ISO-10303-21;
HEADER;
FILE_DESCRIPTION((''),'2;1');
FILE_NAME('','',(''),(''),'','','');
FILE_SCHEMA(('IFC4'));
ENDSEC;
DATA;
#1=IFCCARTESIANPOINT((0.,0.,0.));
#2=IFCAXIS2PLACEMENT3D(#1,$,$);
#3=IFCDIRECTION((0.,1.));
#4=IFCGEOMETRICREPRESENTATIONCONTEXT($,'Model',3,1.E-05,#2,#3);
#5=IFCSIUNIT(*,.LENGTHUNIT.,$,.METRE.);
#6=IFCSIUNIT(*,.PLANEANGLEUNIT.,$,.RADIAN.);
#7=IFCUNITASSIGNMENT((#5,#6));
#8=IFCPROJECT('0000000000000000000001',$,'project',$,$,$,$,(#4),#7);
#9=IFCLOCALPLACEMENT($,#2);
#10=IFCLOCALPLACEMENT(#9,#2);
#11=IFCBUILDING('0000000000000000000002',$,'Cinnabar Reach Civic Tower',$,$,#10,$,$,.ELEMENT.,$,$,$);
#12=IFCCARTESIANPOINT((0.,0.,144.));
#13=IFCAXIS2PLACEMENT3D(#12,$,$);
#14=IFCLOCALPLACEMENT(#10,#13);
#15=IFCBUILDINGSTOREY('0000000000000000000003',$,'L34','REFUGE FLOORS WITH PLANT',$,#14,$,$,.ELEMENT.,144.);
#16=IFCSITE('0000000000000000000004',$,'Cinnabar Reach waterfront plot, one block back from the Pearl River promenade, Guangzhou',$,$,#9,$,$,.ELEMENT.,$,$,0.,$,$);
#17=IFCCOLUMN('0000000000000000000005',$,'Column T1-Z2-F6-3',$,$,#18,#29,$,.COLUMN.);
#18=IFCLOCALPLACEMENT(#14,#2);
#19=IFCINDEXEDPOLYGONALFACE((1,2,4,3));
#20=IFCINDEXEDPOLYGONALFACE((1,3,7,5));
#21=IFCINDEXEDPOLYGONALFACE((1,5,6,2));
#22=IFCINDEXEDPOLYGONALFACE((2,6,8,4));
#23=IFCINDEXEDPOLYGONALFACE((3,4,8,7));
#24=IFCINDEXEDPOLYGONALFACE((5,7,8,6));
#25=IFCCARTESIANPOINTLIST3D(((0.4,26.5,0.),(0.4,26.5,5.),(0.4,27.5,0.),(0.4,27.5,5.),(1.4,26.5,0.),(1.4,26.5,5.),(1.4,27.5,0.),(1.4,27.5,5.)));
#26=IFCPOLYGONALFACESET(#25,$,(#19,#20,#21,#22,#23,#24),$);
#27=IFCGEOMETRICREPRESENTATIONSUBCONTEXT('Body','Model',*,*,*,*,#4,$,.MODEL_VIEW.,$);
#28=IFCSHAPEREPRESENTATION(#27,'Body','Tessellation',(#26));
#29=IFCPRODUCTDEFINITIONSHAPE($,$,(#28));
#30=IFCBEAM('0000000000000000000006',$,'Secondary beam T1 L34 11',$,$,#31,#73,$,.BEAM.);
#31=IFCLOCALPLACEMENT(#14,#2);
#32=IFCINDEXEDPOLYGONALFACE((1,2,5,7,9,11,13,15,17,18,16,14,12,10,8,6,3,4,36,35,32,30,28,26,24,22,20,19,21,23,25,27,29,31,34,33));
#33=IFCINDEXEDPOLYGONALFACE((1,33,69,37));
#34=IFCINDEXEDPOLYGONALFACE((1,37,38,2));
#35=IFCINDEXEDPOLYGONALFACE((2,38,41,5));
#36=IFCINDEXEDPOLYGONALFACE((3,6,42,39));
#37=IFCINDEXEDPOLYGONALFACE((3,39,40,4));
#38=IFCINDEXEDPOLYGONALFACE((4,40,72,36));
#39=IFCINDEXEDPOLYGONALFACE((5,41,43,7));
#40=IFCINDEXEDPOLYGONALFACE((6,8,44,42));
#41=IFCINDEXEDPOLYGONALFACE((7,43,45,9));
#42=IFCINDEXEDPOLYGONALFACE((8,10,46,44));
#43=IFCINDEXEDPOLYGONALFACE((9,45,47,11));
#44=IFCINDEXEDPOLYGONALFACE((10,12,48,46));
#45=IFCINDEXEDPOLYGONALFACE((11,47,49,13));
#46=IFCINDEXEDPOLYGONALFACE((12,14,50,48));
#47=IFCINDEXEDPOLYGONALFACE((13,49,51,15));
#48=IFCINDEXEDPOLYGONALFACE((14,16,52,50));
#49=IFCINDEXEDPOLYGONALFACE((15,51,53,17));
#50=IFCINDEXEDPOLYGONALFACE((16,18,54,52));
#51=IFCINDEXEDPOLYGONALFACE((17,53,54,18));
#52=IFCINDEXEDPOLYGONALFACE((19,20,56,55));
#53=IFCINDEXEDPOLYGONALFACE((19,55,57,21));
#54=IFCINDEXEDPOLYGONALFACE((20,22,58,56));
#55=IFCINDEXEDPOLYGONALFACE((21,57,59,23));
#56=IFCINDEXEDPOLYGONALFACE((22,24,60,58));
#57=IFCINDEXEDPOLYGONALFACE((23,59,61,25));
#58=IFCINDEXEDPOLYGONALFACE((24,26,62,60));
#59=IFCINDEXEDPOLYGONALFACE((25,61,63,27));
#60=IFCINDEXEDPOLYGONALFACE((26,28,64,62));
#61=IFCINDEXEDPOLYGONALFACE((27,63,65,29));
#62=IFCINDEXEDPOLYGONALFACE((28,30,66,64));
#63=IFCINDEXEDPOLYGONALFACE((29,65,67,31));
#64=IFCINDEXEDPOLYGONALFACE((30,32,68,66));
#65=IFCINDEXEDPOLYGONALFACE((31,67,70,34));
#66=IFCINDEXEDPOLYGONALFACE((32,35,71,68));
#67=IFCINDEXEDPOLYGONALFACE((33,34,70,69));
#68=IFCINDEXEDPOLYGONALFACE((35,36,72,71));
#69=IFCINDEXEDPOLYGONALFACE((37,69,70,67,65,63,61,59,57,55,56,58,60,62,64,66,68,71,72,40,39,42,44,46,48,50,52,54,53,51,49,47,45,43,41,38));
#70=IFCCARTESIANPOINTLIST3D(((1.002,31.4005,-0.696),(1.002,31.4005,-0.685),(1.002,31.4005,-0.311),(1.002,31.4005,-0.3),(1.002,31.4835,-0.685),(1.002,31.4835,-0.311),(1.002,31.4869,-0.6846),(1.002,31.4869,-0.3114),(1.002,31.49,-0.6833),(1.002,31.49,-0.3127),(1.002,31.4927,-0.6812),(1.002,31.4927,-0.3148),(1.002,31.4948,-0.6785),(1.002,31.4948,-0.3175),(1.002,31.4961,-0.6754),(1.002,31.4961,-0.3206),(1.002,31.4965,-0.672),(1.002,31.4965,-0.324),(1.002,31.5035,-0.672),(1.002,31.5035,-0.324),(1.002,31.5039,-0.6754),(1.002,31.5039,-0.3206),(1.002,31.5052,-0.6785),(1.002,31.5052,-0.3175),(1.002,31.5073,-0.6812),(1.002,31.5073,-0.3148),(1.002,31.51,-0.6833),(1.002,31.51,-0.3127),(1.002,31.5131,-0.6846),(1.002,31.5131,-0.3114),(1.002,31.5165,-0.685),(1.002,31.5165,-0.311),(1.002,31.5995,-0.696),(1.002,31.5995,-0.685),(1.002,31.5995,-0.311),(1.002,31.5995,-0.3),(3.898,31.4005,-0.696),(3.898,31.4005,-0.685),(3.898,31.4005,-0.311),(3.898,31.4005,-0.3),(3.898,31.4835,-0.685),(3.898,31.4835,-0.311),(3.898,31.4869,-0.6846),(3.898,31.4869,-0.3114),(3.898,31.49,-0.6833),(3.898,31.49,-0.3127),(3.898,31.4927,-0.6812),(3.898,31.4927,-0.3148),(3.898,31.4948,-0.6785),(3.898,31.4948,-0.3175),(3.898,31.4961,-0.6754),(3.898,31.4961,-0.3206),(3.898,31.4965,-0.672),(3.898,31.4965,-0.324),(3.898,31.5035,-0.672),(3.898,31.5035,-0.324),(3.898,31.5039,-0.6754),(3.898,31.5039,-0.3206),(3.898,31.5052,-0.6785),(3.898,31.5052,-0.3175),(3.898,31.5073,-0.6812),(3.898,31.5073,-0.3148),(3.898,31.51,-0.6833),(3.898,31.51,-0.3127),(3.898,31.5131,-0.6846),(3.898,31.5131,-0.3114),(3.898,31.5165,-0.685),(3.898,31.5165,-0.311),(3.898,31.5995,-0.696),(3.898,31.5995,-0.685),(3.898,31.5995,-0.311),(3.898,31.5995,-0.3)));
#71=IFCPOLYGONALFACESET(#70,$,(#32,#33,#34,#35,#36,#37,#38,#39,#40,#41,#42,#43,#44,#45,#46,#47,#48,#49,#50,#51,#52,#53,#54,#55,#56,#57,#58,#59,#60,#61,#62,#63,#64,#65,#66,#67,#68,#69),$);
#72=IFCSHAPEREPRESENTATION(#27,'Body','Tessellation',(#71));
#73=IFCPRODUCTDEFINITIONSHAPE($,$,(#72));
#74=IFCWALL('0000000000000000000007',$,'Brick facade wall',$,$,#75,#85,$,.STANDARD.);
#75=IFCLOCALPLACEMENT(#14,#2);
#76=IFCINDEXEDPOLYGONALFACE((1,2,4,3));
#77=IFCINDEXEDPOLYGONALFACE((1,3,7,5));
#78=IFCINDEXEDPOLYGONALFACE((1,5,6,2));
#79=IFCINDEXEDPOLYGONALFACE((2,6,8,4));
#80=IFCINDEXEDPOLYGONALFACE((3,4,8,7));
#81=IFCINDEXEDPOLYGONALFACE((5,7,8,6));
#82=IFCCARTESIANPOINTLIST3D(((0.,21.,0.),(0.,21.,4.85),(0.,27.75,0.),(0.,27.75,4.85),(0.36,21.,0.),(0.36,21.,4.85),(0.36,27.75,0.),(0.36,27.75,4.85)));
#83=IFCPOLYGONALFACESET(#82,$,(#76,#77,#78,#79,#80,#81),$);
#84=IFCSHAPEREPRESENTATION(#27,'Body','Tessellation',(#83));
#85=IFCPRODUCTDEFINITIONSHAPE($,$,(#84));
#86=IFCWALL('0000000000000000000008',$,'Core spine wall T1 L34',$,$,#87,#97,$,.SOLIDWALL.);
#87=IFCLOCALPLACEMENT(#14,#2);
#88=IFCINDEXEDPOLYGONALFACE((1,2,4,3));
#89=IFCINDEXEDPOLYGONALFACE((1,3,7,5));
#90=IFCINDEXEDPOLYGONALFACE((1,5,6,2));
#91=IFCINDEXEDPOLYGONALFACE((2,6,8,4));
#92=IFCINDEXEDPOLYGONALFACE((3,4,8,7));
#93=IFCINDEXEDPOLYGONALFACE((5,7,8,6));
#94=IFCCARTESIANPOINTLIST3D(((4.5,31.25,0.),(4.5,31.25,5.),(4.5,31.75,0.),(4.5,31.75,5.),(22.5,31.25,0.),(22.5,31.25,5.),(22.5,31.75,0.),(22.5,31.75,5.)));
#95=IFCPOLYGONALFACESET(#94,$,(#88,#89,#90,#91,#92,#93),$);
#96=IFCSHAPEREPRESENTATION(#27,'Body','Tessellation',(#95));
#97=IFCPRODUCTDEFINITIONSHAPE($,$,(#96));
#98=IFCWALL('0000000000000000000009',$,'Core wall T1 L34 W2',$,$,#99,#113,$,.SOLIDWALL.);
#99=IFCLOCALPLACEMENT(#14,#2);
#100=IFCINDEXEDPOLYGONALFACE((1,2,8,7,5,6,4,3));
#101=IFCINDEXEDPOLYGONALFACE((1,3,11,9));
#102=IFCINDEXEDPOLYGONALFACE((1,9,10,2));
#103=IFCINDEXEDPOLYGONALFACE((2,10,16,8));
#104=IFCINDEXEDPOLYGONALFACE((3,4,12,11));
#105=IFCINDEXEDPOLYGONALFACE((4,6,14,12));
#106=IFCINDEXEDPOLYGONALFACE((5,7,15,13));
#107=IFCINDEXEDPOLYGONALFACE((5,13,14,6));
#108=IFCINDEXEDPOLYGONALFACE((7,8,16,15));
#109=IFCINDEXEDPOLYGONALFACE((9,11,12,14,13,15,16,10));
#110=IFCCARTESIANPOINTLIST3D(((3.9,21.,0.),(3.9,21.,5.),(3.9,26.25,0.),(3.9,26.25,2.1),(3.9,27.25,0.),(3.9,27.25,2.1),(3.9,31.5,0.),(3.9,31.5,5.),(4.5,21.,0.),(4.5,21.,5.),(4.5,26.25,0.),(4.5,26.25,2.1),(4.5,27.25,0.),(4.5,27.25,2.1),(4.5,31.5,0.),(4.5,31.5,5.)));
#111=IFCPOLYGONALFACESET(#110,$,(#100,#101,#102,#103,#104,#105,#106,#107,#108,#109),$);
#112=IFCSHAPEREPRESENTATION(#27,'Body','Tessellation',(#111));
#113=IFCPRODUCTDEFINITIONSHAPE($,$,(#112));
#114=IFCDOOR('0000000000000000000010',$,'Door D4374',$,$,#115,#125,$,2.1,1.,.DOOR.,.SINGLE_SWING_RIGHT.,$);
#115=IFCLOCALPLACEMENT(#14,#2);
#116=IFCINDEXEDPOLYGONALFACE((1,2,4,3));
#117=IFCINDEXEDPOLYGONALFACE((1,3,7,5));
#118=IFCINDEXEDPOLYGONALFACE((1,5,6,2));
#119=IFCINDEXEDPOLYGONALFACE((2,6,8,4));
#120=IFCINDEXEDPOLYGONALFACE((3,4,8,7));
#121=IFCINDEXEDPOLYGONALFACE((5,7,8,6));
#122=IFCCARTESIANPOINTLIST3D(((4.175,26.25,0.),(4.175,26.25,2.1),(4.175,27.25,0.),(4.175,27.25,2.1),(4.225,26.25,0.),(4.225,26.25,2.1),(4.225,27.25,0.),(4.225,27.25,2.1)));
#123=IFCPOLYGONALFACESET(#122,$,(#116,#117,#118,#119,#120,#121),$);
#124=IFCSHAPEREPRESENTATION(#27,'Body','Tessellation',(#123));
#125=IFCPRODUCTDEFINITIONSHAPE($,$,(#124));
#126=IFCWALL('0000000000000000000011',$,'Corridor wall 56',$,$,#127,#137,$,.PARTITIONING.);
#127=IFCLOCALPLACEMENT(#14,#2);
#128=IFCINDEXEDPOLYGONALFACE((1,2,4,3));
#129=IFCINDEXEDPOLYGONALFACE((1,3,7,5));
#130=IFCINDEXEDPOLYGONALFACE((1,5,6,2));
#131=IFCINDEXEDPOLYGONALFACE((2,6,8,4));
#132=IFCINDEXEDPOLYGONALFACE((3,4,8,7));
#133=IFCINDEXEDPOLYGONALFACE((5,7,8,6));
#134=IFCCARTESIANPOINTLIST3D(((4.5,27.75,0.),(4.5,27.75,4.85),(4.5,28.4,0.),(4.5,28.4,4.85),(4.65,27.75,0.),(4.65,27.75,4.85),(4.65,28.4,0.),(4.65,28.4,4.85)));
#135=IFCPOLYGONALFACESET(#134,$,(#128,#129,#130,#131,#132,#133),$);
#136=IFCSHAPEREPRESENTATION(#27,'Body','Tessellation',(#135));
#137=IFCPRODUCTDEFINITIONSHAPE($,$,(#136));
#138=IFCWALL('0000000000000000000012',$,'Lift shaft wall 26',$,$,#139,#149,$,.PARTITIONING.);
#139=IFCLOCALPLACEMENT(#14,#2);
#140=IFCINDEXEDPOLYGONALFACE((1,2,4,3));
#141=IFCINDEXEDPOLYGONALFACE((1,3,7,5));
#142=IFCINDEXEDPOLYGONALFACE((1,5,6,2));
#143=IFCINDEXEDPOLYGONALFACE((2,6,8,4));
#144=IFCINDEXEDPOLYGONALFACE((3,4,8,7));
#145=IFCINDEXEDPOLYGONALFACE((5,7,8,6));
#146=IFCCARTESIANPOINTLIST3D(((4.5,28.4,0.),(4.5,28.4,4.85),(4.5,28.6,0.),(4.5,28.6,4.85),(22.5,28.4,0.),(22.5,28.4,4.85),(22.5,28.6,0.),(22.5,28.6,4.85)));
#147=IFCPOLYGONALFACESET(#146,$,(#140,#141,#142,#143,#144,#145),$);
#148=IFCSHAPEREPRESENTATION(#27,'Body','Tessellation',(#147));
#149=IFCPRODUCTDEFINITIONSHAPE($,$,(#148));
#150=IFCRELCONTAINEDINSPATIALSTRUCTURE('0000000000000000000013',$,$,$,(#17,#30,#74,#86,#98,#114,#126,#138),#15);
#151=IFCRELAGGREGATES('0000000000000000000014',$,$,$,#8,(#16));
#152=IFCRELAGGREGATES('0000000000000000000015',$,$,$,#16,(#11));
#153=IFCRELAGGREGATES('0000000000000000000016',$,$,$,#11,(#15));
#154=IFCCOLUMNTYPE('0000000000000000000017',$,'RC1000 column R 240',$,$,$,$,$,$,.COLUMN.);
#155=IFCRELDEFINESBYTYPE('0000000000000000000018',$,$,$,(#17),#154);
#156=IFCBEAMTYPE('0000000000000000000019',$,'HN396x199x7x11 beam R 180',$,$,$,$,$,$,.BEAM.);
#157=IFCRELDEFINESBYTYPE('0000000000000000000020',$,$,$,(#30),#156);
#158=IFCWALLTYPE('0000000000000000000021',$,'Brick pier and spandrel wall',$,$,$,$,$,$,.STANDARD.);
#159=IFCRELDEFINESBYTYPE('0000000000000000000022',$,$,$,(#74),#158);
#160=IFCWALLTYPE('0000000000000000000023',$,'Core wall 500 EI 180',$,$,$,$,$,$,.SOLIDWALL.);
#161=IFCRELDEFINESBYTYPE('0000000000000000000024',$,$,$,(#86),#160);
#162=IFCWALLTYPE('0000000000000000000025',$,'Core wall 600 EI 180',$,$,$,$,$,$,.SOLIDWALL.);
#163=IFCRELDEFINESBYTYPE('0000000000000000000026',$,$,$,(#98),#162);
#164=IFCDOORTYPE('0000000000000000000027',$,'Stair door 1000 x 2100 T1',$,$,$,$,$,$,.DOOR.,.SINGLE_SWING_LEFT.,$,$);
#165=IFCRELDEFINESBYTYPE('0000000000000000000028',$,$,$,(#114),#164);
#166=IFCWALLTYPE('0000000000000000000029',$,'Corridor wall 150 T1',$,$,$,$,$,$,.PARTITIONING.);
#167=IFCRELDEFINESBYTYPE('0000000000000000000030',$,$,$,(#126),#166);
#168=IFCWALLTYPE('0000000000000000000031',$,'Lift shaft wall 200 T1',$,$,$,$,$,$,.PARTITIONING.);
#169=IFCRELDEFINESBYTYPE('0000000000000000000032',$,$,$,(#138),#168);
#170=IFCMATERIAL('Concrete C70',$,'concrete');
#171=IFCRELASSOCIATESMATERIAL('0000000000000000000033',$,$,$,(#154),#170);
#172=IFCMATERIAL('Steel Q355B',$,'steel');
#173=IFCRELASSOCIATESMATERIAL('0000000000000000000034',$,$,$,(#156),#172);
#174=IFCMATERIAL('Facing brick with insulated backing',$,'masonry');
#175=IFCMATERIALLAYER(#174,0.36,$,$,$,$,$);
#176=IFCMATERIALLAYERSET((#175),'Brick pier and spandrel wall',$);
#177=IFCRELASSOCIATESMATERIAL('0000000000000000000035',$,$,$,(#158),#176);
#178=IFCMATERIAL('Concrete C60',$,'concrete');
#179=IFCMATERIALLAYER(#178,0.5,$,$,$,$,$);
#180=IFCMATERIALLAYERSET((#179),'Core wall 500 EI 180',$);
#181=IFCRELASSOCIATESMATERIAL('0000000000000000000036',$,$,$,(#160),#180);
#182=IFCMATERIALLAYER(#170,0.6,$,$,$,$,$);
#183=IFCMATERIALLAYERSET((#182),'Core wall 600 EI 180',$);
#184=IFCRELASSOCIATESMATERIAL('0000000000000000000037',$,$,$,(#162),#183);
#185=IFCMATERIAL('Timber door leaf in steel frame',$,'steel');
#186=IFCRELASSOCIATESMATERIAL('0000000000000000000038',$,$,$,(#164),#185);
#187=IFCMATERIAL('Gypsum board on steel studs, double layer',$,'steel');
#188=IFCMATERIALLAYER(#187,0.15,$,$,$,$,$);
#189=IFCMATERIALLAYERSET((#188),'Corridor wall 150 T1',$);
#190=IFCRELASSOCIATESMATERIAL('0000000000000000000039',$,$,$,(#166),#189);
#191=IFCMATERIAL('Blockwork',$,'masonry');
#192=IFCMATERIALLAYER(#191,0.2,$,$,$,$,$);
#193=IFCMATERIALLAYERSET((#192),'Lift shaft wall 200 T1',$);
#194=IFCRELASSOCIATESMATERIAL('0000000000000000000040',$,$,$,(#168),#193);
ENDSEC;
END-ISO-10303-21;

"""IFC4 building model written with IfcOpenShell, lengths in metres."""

from ifc_helpers import new_model, si_unit, direction, frame, frame_2d, origin, origin_2d, place, context, subcontext, project, spatial, rectangle, i_section, extrude, material, layer, layer_set, material_profile, profile_set, type_object, element, fill, save


model = new_model("IFC4")

# Units and contexts
model_context = context("Model", 3, precision=1e-05, world=origin(), true_north=direction((0.0, 1.0)))
body_context = subcontext(model_context, "Body", "Model", "MODEL_VIEW")
ifc_project = project(units=[si_unit("LENGTHUNIT", "METRE"), si_unit("PLANEANGLEUNIT", "RADIAN")], contexts=[model_context])

# Site, building, storey
site_placement = place(None, origin())
site = spatial("IfcSite", under=ifc_project, at=site_placement, Name="Cinnabar Reach waterfront plot, one block back from the Pearl River promenade, Guangzhou", CompositionType="ELEMENT", RefElevation=0.0)
building_placement = place(site_placement, origin())
building = spatial("IfcBuilding", under=site, at=building_placement, Name="Cinnabar Reach Civic Tower", CompositionType="ELEMENT")
storey_placement = place(building_placement, frame((0.0, 0.0, 144.0)))
storey = spatial("IfcBuildingStorey", under=building, at=storey_placement, Name="L34", Description="REFUGE FLOORS WITH PLANT", CompositionType="ELEMENT", Elevation=144.0)

# Column
ifc_material_1 = material(Name="Concrete C70", Category="concrete")
ifc_material_profile_1 = material_profile(ifc_material_1, rectangle(XDim=1.0, YDim=1.0, at=origin_2d()), Name="RC1000")
ifc_profile_set_1 = profile_set([ifc_material_profile_1], Name="Concrete C70")
column_type = type_object("IfcColumnType", Name="RC1000 column R 240", PredefinedType="COLUMN", material=ifc_profile_set_1)
column_placement = place(storey_placement, frame((0.9, 27.0, 0.0), z_axis=(0.0, 0.0, 1.0), x_axis=(1.0, 0.0, 0.0)))
element("IfcColumn", 1, at=column_placement, inside=storey, type_object=column_type, Name="Column T1-Z2-F6-3", PredefinedType="COLUMN", context=body_context, shape_type="SweptSolid", body=[
    extrude(rectangle(XDim=1.0, YDim=1.0, at=origin_2d()), origin(), (0.0, 0.0, 1.0), 5.0),
])

# Beam
ifc_material_2 = material(Name="Steel Q355B", Category="steel")
ifc_material_profile_2 = material_profile(ifc_material_2, i_section(OverallWidth=0.199, OverallDepth=0.396, WebThickness=0.007, FlangeThickness=0.011, FilletRadius=0.013, at=origin_2d()), Name="HN396x199x7x11")
ifc_profile_set_2 = profile_set([ifc_material_profile_2], Name="Steel Q355B")
beam_type = type_object("IfcBeamType", Name="HN396x199x7x11 beam R 180", PredefinedType="BEAM", material=ifc_profile_set_2)
beam_placement = place(storey_placement, frame((1.002, 31.5, -0.498), z_axis=(1.0, 0.0, 0.0), x_axis=(0.0, 1.0, 0.0)))
element("IfcBeam", 2, at=beam_placement, inside=storey, type_object=beam_type, Name="Secondary beam T1 L34 11", PredefinedType="BEAM", context=body_context, shape_type="SweptSolid", body=[
    extrude(i_section(OverallWidth=0.199, OverallDepth=0.396, WebThickness=0.007, FlangeThickness=0.011, FilletRadius=0.013, at=origin_2d()), origin(), (0.0, 0.0, 1.0), 2.896),
])

# Walls
ifc_material_3 = material(Name="Facing brick with insulated backing", Category="masonry")
ifc_layer_1 = layer(ifc_material_3, 0.36)
ifc_layer_set_1 = layer_set([ifc_layer_1], Name="Brick pier and spandrel wall")
wall_type_1 = type_object("IfcWallType", Name="Brick pier and spandrel wall", PredefinedType="STANDARD", material=ifc_layer_set_1)
wall_1_placement = place(storey_placement, frame((0.18, 27.75, 0.0), z_axis=(0.0, 0.0, 1.0), x_axis=(0.0, -1.0, 0.0)))
element("IfcWall", 3, at=wall_1_placement, inside=storey, type_object=wall_type_1, Name="Brick facade wall", PredefinedType="STANDARD", context=body_context, shape_type="SweptSolid", body=[
    extrude(rectangle(XDim=6.75, YDim=0.36, at=frame_2d((3.375, 0.0))), origin(), (0.0, 0.0, 1.0), 4.85),
])
ifc_material_4 = material(Name="Concrete C60", Category="concrete")
ifc_layer_2 = layer(ifc_material_4, 0.5)
ifc_layer_set_2 = layer_set([ifc_layer_2], Name="Core wall 500 EI 180")
wall_type_2 = type_object("IfcWallType", Name="Core wall 500 EI 180", PredefinedType="SOLIDWALL", material=ifc_layer_set_2)
wall_2_placement = place(storey_placement, frame((4.5, 31.5, 0.0), z_axis=(0.0, 0.0, 1.0), x_axis=(1.0, 0.0, 0.0)))
element("IfcWall", 4, at=wall_2_placement, inside=storey, type_object=wall_type_2, Name="Core spine wall T1 L34", PredefinedType="SOLIDWALL", context=body_context, shape_type="SweptSolid", body=[
    extrude(rectangle(XDim=18.0, YDim=0.5, at=frame_2d((9.0, 0.0))), origin(), (0.0, 0.0, 1.0), 5.0),
])

# Wall, opening, door
ifc_layer_3 = layer(ifc_material_1, 0.6)
ifc_layer_set_3 = layer_set([ifc_layer_3], Name="Core wall 600 EI 180")
wall_type_3 = type_object("IfcWallType", Name="Core wall 600 EI 180", PredefinedType="SOLIDWALL", material=ifc_layer_set_3)
wall_3_placement = place(storey_placement, frame((4.2, 31.5, 0.0), z_axis=(0.0, 0.0, 1.0), x_axis=(0.0, -1.0, 0.0)))
wall_3 = element("IfcWall", 5, at=wall_3_placement, inside=storey, type_object=wall_type_3, Name="Core wall T1 L34 W2", PredefinedType="SOLIDWALL", context=body_context, shape_type="SweptSolid", body=[
    extrude(rectangle(XDim=10.5, YDim=0.6, at=frame_2d((5.25, 0.0))), origin(), (0.0, 0.0, 1.0), 5.0),
])
opening_1_placement = place(wall_3_placement, frame((4.25, 0.0, 0.0)))
opening_1 = element("IfcOpeningElement", 6, at=opening_1_placement, cuts=wall_3, PredefinedType="OPENING", context=body_context, shape_type="SweptSolid", body=[
    extrude(rectangle(XDim=1.0, YDim=2.1, at=frame_2d((0.5, 1.05))), frame((0.0, 0.31, 0.0), z_axis=(0.0, -1.0, 0.0), x_axis=(1.0, 0.0, 0.0)), (0.0, 0.0, 1.0), 0.62),
])
ifc_material_5 = material(Name="Timber door leaf in steel frame", Category="steel")
door_type_1 = type_object("IfcDoorType", Name="Stair door 1000 x 2100 T1", OperationType="SINGLE_SWING_LEFT", PredefinedType="DOOR", material=ifc_material_5)
door_1_placement = place(opening_1_placement, frame((1.0, 0.0, 0.0), z_axis=(0.0, 0.0, 1.0), x_axis=(-1.0, 0.0, 0.0)))
door_1 = element("IfcDoor", 7, at=door_1_placement, inside=storey, type_object=door_type_1, Name="Door D4374", OperationType="SINGLE_SWING_RIGHT", OverallHeight=2.1, OverallWidth=1.0, PredefinedType="DOOR", context=body_context, shape_type="SweptSolid", body=[
    extrude(rectangle(XDim=1.0, YDim=2.1, at=frame_2d((0.5, 1.05))), frame((0.0, 0.025, 0.0), z_axis=(0.0, -1.0, 0.0), x_axis=(1.0, 0.0, 0.0)), (0.0, 0.0, 1.0), 0.05),
])
fill(opening_1, door_1)

# Walls
ifc_material_6 = material(Name="Gypsum board on steel studs, double layer", Category="steel")
ifc_layer_4 = layer(ifc_material_6, 0.15)
ifc_layer_set_4 = layer_set([ifc_layer_4], Name="Corridor wall 150 T1")
wall_type_4 = type_object("IfcWallType", Name="Corridor wall 150 T1", PredefinedType="PARTITIONING", material=ifc_layer_set_4)
wall_4_placement = place(storey_placement, frame((4.575, 27.75, 0.0), z_axis=(0.0, 0.0, 1.0), x_axis=(0.0, 1.0, 0.0)))
element("IfcWall", 8, at=wall_4_placement, inside=storey, type_object=wall_type_4, Name="Corridor wall 56", PredefinedType="PARTITIONING", context=body_context, shape_type="SweptSolid", body=[
    extrude(rectangle(XDim=0.65, YDim=0.15, at=frame_2d((0.325, 0.0))), origin(), (0.0, 0.0, 1.0), 4.85),
])
ifc_material_7 = material(Name="Blockwork", Category="masonry")
ifc_layer_5 = layer(ifc_material_7, 0.2)
ifc_layer_set_5 = layer_set([ifc_layer_5], Name="Lift shaft wall 200 T1")
wall_type_5 = type_object("IfcWallType", Name="Lift shaft wall 200 T1", PredefinedType="PARTITIONING", material=ifc_layer_set_5)
wall_5_placement = place(storey_placement, frame((4.5, 28.5, 0.0), z_axis=(0.0, 0.0, 1.0), x_axis=(1.0, 0.0, 0.0)))
element("IfcWall", 9, at=wall_5_placement, inside=storey, type_object=wall_type_5, Name="Lift shaft wall 26", PredefinedType="PARTITIONING", context=body_context, shape_type="SweptSolid", body=[
    extrude(rectangle(XDim=18.0, YDim=0.2, at=frame_2d((9.0, 0.0))), origin(), (0.0, 0.0, 1.0), 4.85),
])

save(model, "model.ifc")
